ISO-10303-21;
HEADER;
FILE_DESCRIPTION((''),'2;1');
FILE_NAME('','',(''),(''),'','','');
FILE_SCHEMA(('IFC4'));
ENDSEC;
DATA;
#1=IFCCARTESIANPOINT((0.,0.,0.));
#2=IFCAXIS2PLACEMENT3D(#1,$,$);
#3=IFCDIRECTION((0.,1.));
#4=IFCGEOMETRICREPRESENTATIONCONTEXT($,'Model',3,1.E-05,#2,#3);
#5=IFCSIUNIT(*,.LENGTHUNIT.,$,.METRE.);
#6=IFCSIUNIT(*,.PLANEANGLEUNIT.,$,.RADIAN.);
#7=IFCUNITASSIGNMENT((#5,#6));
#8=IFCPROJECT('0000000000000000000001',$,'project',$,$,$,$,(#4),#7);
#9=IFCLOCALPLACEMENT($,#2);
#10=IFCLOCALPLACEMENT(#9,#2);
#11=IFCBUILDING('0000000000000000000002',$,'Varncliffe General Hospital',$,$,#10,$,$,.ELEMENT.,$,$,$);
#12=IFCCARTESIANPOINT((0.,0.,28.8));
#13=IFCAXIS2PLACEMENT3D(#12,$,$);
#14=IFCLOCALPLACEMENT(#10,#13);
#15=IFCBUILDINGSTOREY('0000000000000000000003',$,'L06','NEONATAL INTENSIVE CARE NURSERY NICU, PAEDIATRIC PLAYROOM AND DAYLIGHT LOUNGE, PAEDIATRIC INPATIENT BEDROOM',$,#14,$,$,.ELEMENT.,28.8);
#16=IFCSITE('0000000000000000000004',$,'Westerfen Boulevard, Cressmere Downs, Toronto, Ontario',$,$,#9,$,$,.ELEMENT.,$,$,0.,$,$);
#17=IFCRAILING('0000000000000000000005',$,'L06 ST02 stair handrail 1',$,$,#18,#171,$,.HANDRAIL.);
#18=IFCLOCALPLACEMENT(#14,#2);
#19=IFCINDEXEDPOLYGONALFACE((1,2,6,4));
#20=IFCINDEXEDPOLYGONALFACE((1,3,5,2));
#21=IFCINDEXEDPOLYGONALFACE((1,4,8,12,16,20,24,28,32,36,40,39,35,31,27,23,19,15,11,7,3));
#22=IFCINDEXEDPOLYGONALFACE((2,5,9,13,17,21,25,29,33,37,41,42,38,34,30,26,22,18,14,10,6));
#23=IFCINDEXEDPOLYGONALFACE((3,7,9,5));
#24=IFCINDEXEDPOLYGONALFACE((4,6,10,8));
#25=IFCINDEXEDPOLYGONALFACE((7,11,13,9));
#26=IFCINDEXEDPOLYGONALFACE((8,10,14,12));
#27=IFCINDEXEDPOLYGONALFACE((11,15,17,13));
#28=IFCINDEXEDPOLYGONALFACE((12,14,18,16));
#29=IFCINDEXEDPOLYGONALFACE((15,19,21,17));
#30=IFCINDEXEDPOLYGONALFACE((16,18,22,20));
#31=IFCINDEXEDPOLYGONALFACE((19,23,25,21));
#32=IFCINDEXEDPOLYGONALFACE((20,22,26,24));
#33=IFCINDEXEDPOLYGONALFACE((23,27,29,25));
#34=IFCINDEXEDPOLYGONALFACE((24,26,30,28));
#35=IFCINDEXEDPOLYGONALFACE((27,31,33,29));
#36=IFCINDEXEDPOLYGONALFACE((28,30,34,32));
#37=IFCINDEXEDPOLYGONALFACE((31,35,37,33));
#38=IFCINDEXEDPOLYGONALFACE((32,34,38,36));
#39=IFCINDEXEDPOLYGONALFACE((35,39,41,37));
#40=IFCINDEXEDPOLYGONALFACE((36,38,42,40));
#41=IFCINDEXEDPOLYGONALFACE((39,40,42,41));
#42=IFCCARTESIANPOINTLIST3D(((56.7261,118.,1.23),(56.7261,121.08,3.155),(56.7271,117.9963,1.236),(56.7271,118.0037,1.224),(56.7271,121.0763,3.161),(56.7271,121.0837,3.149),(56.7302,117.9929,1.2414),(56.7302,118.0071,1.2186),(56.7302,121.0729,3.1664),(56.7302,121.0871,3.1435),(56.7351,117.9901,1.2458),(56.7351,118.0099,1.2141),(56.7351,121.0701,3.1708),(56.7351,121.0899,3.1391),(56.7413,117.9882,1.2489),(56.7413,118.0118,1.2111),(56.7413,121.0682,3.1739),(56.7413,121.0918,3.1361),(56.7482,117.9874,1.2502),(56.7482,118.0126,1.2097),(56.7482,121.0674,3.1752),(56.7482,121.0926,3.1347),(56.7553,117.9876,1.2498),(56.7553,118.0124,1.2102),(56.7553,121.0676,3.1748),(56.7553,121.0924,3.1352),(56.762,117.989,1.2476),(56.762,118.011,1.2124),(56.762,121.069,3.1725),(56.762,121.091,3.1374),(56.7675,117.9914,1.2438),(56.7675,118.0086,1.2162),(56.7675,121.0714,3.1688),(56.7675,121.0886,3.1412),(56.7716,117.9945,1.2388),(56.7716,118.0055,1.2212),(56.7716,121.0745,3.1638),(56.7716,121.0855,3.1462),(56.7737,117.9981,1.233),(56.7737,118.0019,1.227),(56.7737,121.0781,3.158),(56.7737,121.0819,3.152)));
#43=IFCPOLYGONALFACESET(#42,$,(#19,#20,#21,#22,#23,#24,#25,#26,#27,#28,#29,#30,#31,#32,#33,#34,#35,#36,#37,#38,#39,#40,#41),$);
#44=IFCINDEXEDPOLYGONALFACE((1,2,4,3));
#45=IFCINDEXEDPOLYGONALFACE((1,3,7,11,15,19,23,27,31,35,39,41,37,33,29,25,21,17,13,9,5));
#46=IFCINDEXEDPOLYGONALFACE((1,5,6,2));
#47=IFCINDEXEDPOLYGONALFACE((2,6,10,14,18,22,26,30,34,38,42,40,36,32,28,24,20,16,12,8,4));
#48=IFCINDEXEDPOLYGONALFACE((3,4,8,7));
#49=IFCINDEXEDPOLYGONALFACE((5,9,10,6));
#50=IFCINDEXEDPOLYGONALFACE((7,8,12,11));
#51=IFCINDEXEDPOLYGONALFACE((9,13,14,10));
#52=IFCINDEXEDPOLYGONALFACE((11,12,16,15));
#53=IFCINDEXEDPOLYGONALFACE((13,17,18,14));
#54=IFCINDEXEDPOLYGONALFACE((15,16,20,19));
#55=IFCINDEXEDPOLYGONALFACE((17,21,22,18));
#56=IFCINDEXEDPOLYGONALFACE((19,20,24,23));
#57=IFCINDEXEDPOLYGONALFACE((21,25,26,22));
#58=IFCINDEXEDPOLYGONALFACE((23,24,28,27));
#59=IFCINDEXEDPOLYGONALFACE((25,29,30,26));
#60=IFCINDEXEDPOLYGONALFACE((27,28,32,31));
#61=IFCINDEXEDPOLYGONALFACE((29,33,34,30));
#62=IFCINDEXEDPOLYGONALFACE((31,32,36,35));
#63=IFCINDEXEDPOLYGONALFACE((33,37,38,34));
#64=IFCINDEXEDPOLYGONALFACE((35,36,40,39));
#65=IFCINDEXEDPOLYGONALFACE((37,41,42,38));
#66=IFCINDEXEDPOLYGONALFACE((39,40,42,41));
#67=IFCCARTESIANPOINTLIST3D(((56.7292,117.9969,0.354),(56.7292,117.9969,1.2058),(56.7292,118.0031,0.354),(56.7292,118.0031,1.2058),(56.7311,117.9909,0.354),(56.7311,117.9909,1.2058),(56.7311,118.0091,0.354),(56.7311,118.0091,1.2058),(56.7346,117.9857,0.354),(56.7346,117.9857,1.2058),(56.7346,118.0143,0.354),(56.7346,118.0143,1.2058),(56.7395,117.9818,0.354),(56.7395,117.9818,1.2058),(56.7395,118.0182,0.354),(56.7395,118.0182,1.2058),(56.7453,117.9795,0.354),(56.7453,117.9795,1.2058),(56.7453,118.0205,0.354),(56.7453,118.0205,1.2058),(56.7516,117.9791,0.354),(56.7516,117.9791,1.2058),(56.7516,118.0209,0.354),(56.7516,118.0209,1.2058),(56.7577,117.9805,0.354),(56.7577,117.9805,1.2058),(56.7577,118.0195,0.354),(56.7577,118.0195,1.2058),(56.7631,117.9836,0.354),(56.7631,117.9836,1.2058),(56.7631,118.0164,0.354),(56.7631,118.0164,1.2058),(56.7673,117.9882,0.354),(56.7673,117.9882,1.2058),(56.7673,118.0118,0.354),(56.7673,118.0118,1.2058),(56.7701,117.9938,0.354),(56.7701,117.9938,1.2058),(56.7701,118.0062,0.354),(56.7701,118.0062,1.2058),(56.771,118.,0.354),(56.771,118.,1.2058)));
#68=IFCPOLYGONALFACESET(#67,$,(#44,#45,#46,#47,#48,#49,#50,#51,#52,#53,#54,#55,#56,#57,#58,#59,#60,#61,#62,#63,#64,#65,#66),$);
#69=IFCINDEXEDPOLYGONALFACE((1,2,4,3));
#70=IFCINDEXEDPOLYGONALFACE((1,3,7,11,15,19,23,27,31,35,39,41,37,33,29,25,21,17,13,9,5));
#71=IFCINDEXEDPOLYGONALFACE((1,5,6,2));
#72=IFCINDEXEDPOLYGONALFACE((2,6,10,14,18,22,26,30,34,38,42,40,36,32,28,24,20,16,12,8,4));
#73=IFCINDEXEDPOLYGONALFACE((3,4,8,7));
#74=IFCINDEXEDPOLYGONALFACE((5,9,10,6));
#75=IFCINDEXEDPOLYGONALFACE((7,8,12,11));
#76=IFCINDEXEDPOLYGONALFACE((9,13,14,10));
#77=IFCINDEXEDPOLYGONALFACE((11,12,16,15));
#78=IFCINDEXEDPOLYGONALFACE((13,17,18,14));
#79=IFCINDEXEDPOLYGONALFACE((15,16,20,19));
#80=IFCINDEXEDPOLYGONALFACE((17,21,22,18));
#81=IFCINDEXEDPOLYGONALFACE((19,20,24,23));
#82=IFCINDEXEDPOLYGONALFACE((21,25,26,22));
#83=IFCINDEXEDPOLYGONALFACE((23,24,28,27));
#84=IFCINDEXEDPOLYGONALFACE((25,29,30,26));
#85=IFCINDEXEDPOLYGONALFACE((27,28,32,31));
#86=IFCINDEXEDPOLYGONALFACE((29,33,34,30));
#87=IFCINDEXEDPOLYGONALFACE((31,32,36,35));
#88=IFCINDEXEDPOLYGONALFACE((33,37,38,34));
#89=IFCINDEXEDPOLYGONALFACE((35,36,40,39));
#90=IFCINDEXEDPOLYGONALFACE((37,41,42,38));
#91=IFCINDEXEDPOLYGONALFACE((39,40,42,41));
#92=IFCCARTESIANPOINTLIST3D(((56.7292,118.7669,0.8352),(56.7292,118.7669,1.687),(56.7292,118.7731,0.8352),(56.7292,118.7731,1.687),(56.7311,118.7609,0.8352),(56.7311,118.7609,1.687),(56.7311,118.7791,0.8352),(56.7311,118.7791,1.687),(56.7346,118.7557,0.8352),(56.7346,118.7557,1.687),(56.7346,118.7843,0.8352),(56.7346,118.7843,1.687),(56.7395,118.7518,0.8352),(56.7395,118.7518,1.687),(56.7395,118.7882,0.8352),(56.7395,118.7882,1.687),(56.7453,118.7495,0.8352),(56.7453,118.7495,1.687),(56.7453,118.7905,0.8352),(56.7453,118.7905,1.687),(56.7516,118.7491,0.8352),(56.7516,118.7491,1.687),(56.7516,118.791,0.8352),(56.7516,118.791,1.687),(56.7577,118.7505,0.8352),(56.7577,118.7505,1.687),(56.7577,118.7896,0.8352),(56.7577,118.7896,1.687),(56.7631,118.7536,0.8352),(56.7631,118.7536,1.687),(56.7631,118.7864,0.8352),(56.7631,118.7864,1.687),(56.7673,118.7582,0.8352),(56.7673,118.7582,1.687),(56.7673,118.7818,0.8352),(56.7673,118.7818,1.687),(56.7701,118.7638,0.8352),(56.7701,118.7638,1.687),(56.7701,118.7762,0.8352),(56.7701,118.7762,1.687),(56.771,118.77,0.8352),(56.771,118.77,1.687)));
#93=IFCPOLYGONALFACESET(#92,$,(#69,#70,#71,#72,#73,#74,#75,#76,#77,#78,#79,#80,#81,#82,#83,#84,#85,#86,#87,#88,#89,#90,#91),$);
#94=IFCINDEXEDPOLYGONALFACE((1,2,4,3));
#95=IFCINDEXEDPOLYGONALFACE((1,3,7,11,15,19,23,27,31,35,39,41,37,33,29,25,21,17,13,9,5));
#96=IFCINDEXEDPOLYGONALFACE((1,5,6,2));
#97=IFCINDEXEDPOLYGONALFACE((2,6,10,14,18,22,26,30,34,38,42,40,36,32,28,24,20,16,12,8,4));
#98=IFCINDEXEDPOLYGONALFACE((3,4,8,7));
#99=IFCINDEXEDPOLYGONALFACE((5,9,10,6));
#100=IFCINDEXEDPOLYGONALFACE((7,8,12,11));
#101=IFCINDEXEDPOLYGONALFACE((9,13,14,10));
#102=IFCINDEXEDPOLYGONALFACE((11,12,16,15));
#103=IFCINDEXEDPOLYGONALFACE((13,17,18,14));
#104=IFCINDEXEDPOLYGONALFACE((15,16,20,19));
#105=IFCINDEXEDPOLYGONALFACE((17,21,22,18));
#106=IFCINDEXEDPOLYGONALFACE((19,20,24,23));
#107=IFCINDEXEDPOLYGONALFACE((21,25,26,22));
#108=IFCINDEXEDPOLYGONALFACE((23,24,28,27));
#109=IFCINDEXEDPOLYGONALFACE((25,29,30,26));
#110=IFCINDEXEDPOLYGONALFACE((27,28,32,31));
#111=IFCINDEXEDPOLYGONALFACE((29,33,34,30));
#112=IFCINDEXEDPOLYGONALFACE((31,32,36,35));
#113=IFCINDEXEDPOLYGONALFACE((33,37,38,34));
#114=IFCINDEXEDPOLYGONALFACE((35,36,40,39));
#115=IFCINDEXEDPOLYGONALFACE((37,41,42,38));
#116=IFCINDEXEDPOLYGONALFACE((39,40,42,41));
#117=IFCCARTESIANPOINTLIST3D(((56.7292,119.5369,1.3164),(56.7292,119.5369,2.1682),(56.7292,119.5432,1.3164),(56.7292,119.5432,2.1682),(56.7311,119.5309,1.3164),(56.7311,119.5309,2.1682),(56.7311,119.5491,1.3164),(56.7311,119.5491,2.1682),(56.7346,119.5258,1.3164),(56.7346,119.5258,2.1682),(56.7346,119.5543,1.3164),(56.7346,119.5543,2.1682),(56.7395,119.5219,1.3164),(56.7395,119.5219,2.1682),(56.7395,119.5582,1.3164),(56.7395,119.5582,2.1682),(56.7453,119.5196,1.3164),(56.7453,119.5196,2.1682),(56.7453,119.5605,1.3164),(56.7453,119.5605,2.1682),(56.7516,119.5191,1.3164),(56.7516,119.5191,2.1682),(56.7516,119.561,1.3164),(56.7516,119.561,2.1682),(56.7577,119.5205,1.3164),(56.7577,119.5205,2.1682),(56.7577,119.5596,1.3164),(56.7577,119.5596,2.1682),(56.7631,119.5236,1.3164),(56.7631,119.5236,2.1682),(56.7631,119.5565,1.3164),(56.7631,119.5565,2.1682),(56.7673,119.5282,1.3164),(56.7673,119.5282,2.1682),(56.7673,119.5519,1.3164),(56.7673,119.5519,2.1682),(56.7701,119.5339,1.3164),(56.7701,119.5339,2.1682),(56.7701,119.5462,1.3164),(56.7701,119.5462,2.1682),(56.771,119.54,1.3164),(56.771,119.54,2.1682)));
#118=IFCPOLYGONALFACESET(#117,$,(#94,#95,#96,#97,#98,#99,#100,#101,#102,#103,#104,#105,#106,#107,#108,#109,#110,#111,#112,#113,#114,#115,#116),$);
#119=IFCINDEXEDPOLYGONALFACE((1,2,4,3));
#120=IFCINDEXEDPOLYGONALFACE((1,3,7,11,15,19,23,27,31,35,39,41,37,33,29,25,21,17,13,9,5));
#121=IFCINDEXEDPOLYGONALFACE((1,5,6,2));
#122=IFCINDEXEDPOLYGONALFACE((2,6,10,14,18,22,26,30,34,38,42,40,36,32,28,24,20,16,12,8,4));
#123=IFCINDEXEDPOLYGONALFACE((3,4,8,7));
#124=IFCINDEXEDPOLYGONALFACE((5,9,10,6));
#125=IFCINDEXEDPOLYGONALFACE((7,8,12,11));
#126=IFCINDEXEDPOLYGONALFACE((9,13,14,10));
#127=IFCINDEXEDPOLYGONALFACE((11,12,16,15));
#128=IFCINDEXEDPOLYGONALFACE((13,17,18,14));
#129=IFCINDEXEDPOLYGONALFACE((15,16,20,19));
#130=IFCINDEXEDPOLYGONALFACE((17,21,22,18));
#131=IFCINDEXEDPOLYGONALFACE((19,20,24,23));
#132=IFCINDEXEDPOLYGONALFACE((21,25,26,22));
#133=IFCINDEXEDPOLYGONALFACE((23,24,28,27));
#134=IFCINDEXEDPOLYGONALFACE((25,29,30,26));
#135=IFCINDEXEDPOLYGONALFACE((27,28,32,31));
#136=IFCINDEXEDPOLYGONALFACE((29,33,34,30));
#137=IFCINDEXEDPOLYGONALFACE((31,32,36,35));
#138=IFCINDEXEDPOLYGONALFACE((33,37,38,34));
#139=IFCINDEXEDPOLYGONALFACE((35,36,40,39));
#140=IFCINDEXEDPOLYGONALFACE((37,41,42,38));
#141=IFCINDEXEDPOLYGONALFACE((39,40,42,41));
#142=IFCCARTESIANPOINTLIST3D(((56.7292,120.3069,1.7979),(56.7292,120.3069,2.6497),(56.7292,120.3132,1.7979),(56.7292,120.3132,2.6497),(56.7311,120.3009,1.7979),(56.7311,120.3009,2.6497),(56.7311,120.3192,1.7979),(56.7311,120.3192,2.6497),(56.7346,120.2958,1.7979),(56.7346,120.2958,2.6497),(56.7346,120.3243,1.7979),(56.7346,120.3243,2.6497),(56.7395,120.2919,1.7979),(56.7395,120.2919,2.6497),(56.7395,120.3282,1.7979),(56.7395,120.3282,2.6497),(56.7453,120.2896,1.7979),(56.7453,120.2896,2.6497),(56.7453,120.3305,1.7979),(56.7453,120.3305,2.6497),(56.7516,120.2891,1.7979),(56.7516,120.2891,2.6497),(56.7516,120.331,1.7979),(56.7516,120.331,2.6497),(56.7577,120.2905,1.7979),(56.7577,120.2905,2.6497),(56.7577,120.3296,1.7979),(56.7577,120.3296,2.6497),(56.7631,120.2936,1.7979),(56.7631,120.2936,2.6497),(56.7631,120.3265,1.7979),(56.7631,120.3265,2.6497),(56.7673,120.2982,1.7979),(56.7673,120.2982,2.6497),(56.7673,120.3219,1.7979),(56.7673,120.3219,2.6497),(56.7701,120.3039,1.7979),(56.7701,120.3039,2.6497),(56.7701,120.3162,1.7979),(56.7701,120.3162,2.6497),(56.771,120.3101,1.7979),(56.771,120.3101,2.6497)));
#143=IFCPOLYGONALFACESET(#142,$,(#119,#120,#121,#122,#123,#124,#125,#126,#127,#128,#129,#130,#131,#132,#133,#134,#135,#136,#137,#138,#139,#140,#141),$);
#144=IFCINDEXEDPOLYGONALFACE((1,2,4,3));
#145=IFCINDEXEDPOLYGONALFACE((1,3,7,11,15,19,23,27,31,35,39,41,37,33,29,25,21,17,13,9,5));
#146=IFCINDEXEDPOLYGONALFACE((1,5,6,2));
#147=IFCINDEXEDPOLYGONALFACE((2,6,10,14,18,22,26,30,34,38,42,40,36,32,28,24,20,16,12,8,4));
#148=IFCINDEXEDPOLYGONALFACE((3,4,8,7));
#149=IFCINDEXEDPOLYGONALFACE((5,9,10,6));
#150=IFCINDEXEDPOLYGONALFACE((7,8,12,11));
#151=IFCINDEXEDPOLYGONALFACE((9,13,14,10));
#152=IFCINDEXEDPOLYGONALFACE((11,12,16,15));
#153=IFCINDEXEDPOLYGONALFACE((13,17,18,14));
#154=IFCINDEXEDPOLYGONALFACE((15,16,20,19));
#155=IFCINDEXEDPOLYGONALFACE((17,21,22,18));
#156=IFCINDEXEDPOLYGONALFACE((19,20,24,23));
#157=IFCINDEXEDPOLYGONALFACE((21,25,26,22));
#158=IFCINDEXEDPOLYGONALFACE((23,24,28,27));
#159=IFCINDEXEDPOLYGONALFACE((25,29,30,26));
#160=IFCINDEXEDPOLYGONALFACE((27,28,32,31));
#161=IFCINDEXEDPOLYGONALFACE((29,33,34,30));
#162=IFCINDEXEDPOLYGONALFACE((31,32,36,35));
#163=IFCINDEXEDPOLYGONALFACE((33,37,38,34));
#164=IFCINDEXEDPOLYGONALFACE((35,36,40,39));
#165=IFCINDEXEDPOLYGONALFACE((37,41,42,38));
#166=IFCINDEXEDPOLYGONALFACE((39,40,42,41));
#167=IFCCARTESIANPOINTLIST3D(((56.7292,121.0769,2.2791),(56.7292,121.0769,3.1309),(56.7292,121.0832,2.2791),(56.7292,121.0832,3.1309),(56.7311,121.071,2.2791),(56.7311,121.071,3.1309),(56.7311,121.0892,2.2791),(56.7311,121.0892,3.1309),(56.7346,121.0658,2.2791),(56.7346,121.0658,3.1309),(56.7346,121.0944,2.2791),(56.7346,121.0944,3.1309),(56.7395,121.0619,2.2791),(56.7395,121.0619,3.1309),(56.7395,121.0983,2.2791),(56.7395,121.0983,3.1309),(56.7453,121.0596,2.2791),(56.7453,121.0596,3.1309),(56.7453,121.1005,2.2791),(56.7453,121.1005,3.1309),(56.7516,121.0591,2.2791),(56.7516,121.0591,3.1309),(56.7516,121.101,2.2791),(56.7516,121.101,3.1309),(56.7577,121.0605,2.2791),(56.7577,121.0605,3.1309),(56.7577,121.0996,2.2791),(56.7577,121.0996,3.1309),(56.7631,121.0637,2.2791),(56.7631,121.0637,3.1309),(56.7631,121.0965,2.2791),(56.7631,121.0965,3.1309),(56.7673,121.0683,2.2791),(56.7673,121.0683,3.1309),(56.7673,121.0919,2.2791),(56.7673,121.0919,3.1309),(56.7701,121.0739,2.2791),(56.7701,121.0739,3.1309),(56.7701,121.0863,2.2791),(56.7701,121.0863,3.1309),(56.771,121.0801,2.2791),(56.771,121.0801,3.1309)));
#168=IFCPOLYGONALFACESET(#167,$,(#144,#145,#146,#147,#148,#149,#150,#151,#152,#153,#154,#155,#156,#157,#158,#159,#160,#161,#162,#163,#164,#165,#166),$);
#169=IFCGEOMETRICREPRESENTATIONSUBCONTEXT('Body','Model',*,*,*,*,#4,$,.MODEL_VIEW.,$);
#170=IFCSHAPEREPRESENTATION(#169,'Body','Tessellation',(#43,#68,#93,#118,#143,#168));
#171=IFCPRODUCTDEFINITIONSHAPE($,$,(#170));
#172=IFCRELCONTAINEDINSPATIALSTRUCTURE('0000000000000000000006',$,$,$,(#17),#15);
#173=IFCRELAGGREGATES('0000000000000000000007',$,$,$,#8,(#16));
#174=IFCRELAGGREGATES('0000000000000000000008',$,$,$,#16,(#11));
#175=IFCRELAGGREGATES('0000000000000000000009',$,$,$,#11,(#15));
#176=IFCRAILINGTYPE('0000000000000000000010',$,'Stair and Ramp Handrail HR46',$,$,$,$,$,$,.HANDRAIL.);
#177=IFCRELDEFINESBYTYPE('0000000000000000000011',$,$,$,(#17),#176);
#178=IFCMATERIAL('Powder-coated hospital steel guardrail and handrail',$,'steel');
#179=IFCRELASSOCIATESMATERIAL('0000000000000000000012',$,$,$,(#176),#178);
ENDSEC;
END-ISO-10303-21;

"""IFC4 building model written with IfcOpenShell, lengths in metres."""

from ifc_helpers import new_model, si_unit, direction, frame, origin, origin_2d, place, context, subcontext, project, spatial, circle, extrude, material, type_object, element, save


model = new_model("IFC4")

# Units and contexts
model_context = context("Model", 3, precision=1e-05, world=origin(), true_north=direction((0.0, 1.0)))
body_context = subcontext(model_context, "Body", "Model", "MODEL_VIEW")
ifc_project = project(units=[si_unit("LENGTHUNIT", "METRE"), si_unit("PLANEANGLEUNIT", "RADIAN")], contexts=[model_context])

# Site, building, storey
site_placement = place(None, origin())
site = spatial("IfcSite", under=ifc_project, at=site_placement, Name="Westerfen Boulevard, Cressmere Downs, Toronto, Ontario", CompositionType="ELEMENT", RefElevation=0.0)
building_placement = place(site_placement, origin())
building = spatial("IfcBuilding", under=site, at=building_placement, Name="Varncliffe General Hospital", CompositionType="ELEMENT")
storey_placement = place(building_placement, frame((0.0, 0.0, 28.8)))
storey = spatial("IfcBuildingStorey", under=building, at=storey_placement, Name="L06", Description="NEONATAL INTENSIVE CARE NURSERY NICU, PAEDIATRIC PLAYROOM AND DAYLIGHT LOUNGE, PAEDIATRIC INPATIENT BEDROOM", CompositionType="ELEMENT", Elevation=28.8)

# Railing
ifc_material_1 = material(Name="Powder-coated hospital steel guardrail and handrail", Category="steel")
railing_type_1 = type_object("IfcRailingType", Name="Stair and Ramp Handrail HR46", PredefinedType="HANDRAIL", material=ifc_material_1)
railing_1_placement = place(storey_placement, frame((56.75, 118.0, 0.354)))
element("IfcRailing", 1, at=railing_1_placement, inside=storey, type_object=railing_type_1, Name="L06 ST02 stair handrail 1", PredefinedType="HANDRAIL", context=body_context, shape_type="SweptSolid", body=[
    extrude(circle(Radius=0.0239, at=origin_2d()), frame((0.0, 0.0, 0.876), z_axis=(0.0, 0.847998, 0.529999), x_axis=(-1.0, 0.0, 0.0)), (0.0, 0.0, 1.0), 3.6321),
    extrude(circle(Radius=0.021, at=origin_2d()), origin(), (0.0, 0.0, 1.0), 0.8518),
    extrude(circle(Radius=0.021, at=origin_2d()), frame((0.0, 0.77, 0.4812)), (0.0, 0.0, 1.0), 0.8518),
    extrude(circle(Radius=0.021, at=origin_2d()), frame((0.0, 1.54, 0.9624)), (0.0, 0.0, 1.0), 0.8518),
    extrude(circle(Radius=0.021, at=origin_2d()), frame((0.0, 2.3101, 1.4438)), (0.0, 0.0, 1.0), 0.8518),
    extrude(circle(Radius=0.021, at=origin_2d()), frame((0.0, 3.0801, 1.925)), (0.0, 0.0, 1.0), 0.8518),
])

save(model, "model.ifc")
